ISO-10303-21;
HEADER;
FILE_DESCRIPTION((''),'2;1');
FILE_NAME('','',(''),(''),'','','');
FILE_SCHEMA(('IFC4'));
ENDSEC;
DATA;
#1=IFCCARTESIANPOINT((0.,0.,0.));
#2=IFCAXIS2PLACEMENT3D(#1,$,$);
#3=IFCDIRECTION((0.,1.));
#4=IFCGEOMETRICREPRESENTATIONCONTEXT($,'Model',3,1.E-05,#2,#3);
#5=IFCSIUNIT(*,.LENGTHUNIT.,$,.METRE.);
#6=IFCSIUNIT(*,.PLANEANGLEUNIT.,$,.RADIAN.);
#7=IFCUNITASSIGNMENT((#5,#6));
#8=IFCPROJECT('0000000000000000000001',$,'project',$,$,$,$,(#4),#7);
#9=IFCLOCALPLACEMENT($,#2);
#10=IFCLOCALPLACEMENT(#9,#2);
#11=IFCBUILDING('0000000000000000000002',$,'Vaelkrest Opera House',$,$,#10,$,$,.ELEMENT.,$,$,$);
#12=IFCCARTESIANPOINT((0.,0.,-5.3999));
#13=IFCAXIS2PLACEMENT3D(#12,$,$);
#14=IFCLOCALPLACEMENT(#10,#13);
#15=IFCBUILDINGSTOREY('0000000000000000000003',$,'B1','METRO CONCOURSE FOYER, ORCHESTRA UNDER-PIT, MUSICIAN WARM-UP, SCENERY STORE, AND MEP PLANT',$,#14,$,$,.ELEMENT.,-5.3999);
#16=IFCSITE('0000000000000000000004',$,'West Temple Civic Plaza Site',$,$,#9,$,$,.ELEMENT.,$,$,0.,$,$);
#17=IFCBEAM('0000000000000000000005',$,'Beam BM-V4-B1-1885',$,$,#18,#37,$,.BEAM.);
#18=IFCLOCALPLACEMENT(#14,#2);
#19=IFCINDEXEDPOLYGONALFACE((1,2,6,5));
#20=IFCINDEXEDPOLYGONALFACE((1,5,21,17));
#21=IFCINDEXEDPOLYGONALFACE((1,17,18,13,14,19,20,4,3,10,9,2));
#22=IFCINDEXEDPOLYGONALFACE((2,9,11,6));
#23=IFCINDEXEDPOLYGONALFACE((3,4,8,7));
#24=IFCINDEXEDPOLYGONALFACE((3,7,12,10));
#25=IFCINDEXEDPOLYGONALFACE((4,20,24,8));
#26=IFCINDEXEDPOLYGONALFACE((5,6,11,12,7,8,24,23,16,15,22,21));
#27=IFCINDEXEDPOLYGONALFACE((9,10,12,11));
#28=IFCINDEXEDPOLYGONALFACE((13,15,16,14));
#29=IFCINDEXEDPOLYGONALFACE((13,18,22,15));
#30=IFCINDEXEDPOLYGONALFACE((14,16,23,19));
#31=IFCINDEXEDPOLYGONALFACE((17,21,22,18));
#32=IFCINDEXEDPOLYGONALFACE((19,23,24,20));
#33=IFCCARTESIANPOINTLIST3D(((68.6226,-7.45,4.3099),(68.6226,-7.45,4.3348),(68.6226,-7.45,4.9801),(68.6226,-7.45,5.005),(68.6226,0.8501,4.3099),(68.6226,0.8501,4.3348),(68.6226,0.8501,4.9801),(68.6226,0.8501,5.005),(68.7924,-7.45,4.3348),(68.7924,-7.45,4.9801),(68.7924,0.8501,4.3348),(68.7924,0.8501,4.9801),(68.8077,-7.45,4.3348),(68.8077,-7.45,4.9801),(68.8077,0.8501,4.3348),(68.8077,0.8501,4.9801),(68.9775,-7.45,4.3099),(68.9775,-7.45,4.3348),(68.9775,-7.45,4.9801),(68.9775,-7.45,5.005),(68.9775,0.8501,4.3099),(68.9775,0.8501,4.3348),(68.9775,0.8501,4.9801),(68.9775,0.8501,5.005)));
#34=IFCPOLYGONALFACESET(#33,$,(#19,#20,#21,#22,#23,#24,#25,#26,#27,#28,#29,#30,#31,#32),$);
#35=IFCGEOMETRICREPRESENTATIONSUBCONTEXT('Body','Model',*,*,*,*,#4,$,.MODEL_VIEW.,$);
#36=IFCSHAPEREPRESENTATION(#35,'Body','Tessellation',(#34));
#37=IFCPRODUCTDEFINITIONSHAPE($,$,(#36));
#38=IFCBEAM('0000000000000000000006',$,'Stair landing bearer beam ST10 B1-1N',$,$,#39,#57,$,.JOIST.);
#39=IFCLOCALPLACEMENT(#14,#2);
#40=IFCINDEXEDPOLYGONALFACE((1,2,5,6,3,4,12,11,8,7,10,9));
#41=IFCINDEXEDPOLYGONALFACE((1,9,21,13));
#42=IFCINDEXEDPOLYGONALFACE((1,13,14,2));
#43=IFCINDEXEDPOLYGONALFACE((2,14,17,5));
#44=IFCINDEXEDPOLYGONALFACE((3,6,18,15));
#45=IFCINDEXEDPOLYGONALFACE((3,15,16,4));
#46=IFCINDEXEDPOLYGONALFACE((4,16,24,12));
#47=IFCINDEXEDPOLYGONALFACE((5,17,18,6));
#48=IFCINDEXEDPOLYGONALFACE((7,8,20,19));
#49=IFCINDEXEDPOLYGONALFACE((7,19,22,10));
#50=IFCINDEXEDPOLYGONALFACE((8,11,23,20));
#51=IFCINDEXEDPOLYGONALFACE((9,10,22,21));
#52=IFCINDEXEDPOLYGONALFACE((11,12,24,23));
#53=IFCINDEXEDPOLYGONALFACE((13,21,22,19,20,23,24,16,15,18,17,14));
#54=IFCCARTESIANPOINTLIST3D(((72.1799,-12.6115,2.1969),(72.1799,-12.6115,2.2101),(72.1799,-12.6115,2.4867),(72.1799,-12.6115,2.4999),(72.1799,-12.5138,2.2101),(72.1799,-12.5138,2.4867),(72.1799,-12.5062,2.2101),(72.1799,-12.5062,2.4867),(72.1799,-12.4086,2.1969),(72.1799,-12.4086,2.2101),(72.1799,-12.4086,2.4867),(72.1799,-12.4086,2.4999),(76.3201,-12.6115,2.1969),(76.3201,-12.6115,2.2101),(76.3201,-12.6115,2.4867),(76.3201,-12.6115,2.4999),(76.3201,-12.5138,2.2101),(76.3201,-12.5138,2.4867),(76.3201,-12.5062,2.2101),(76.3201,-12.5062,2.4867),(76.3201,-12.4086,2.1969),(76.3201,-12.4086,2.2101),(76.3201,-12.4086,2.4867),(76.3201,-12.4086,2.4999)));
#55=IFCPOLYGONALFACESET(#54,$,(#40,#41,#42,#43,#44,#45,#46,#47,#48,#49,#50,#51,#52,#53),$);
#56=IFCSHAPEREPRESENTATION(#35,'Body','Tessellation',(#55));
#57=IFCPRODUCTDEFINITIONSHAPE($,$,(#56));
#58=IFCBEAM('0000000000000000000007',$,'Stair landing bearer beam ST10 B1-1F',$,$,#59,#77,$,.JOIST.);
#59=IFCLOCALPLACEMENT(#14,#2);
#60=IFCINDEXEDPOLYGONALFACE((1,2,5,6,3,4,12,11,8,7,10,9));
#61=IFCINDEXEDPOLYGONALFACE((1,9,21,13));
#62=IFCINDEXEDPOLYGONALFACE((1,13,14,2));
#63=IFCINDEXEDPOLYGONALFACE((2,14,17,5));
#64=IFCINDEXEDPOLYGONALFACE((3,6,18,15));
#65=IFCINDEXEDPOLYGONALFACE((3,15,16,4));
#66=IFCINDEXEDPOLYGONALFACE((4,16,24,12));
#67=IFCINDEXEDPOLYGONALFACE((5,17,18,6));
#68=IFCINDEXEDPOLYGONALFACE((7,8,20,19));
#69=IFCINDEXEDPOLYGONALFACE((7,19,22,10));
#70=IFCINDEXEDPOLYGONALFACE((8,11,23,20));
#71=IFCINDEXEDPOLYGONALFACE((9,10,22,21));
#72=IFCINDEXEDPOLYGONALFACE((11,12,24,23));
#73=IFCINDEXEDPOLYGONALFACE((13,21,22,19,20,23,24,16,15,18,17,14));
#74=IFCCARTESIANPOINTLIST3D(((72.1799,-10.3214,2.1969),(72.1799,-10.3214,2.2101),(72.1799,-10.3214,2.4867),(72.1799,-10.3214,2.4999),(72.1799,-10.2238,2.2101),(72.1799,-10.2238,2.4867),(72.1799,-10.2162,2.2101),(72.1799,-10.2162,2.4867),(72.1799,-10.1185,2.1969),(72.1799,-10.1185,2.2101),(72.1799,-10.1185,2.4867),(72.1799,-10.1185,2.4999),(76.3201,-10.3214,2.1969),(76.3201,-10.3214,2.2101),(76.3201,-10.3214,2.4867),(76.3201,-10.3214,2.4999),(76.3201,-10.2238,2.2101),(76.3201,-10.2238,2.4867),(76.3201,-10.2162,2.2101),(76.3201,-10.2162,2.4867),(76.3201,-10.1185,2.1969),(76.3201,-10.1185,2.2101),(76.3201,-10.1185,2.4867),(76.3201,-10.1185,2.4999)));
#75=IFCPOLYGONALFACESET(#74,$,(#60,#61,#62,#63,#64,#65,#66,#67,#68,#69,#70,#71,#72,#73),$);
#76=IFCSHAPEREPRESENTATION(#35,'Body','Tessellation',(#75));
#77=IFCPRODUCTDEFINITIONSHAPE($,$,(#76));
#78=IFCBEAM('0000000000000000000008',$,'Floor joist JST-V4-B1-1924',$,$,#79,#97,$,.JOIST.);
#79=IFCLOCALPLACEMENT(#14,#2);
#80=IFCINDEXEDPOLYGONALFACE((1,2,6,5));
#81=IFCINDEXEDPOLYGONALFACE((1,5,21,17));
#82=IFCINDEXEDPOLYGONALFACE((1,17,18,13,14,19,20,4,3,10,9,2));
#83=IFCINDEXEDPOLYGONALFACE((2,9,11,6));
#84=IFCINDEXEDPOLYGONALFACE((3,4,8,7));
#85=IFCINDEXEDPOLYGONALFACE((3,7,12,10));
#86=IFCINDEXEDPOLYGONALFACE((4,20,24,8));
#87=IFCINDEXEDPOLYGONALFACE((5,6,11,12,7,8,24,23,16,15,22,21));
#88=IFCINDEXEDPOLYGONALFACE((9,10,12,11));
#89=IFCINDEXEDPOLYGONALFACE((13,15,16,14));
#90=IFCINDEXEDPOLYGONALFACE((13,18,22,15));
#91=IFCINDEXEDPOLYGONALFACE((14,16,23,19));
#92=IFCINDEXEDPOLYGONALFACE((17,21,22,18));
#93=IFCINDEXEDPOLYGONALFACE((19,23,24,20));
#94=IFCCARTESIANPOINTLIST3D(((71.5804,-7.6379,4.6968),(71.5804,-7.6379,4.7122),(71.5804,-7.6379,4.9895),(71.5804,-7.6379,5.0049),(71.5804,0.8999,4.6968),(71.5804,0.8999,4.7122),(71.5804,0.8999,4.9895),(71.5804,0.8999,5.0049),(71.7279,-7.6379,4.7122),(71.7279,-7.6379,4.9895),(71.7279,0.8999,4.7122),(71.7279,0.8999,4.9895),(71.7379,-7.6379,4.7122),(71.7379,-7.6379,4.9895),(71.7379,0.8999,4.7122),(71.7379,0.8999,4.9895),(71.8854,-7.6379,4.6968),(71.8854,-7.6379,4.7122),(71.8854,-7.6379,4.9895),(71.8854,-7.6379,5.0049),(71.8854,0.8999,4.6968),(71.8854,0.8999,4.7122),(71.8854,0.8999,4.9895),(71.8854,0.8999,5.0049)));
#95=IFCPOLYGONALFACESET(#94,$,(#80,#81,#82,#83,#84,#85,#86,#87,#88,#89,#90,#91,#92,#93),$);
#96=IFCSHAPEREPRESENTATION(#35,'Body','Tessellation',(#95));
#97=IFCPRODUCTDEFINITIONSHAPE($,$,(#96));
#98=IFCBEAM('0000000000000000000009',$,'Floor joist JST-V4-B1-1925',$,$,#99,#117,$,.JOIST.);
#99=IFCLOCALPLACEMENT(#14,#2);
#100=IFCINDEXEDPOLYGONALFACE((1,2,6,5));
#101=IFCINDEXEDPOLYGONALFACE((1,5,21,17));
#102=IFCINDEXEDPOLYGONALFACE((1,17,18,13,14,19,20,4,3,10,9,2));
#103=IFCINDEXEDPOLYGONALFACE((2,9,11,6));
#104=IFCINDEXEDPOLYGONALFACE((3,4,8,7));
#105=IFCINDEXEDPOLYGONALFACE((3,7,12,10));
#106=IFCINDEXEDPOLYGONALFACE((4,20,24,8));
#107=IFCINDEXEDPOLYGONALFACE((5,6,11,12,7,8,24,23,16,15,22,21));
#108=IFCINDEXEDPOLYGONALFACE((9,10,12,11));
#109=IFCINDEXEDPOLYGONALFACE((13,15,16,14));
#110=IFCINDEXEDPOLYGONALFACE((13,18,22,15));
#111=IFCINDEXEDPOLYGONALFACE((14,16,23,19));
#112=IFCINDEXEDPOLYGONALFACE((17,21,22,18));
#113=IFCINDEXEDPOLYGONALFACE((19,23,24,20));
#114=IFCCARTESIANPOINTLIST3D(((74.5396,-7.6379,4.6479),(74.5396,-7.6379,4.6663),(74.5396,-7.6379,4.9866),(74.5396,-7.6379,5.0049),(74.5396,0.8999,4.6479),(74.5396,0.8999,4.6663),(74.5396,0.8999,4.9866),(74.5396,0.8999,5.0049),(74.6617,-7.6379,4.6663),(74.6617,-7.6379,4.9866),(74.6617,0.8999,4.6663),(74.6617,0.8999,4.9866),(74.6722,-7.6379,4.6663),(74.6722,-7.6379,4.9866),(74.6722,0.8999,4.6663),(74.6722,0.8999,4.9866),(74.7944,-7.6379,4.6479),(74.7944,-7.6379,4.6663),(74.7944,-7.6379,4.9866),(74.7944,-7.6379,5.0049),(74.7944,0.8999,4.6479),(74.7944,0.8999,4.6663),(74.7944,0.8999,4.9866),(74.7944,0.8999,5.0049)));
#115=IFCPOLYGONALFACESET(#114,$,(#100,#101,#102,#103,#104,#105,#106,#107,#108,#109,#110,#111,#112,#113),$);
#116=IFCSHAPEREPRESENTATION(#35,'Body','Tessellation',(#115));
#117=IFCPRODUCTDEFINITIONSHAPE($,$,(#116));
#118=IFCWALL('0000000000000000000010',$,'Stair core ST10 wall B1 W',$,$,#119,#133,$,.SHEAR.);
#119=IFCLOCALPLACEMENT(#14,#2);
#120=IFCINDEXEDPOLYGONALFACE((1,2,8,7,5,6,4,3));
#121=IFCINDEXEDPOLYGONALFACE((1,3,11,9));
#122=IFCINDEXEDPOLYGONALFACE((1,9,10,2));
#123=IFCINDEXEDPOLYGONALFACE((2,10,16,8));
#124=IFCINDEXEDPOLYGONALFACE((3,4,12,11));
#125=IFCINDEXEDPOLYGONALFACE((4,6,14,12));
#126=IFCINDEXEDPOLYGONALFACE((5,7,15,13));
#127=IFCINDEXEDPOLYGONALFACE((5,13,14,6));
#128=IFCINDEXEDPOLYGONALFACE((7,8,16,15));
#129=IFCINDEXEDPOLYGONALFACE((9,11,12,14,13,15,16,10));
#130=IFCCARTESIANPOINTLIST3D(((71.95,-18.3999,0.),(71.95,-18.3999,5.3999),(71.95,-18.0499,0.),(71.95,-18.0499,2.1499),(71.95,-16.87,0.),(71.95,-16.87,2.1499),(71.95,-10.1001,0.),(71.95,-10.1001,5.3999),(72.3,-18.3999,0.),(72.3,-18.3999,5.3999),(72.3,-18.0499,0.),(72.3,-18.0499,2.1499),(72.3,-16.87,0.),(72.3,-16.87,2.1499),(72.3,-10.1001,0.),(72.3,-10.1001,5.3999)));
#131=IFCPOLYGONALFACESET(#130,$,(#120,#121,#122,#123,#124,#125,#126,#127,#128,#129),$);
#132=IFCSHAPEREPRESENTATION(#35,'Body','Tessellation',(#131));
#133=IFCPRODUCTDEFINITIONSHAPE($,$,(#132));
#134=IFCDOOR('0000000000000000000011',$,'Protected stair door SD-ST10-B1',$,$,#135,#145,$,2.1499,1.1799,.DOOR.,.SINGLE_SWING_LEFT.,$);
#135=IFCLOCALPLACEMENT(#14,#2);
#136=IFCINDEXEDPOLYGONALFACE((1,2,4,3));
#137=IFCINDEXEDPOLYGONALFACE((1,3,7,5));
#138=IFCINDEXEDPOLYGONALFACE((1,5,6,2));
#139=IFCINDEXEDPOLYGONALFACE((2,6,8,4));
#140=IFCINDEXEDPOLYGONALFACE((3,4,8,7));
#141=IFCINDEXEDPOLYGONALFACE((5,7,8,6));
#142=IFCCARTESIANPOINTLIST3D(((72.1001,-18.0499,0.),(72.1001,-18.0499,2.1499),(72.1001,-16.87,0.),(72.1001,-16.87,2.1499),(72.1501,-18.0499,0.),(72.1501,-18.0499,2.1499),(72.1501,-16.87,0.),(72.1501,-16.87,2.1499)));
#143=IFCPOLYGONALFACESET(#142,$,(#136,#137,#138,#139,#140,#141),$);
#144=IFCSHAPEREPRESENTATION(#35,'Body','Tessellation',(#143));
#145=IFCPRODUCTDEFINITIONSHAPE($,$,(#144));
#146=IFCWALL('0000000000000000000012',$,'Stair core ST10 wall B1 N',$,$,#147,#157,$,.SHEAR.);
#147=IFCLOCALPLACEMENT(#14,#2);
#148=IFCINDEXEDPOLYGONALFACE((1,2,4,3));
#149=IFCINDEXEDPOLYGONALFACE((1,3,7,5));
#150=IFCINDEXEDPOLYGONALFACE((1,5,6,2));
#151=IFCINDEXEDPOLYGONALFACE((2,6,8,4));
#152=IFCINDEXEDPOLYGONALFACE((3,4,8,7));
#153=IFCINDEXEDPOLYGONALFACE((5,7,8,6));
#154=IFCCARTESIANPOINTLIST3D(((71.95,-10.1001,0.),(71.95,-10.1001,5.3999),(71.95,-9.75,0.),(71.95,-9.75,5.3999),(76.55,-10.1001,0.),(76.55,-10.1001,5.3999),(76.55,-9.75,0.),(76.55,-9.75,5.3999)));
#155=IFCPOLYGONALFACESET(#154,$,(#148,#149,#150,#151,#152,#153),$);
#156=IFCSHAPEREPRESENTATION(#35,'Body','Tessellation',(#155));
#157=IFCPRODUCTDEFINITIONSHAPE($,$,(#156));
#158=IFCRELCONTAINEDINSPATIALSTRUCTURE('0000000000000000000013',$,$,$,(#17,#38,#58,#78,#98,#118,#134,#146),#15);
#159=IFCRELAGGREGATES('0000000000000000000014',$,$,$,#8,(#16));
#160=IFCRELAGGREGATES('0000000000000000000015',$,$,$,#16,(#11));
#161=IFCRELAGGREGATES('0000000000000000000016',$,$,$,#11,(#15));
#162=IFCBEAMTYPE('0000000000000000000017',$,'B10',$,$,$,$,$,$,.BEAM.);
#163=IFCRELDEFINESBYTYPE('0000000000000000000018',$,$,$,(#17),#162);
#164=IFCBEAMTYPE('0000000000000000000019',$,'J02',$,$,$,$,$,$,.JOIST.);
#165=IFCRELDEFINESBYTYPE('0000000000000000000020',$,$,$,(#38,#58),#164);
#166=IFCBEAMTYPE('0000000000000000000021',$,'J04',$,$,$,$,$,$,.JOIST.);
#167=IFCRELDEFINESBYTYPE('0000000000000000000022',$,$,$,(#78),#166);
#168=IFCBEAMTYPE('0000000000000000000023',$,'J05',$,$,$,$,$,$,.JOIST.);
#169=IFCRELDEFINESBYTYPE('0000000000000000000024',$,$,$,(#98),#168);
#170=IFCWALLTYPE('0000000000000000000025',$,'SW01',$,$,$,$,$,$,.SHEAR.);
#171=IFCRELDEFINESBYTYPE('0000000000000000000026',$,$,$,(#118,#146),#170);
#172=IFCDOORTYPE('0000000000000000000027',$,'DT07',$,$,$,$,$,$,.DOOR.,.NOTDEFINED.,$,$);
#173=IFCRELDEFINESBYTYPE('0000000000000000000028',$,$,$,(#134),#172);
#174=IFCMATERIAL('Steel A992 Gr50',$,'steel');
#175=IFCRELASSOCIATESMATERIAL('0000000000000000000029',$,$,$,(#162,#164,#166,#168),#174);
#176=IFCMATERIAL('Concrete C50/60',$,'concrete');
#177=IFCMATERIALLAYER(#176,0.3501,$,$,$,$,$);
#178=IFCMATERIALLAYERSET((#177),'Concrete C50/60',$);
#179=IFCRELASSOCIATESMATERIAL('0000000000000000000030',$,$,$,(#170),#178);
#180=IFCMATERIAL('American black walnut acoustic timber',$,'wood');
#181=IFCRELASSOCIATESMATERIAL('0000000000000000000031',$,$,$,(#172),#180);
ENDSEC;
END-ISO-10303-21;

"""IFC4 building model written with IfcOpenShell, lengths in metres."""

from ifc_helpers import new_model, si_unit, direction, frame, frame_2d, origin, origin_2d, place, context, subcontext, project, spatial, rectangle, i_section, extrude, material, layer, layer_set, material_profile, profile_set, type_object, element, fill, save


model = new_model("IFC4")

# Units and contexts
model_context = context("Model", 3, precision=1e-05, world=origin(), true_north=direction((0.0, 1.0)))
body_context = subcontext(model_context, "Body", "Model", "MODEL_VIEW")
ifc_project = project(units=[si_unit("LENGTHUNIT", "METRE"), si_unit("PLANEANGLEUNIT", "RADIAN")], contexts=[model_context])

# Site, building, storey
site_placement = place(None, origin())
site = spatial("IfcSite", under=ifc_project, at=site_placement, Name="West Temple Civic Plaza Site", CompositionType="ELEMENT", RefElevation=0.0)
building_placement = place(site_placement, origin())
building = spatial("IfcBuilding", under=site, at=building_placement, Name="Vaelkrest Opera House", CompositionType="ELEMENT")
storey_placement = place(building_placement, frame((0.0, 0.0, -5.3999)))
storey = spatial("IfcBuildingStorey", under=building, at=storey_placement, Name="B1", Description="METRO CONCOURSE FOYER, ORCHESTRA UNDER-PIT, MUSICIAN WARM-UP, SCENERY STORE, AND MEP PLANT", CompositionType="ELEMENT", Elevation=-5.3999)

# Shared definitions
ifc_material_1 = material(Name="Concrete C50/60", Category="concrete")

# Beams
ifc_material_2 = material(Name="Steel A992 Gr50", Category="steel")
ifc_material_profile_1 = material_profile(ifc_material_2, i_section(OverallWidth=0.355, OverallDepth=0.6951, WebThickness=0.0154, FlangeThickness=0.0249, at=origin_2d()), Name="W27X146")
ifc_profile_set_1 = profile_set([ifc_material_profile_1], Name="Steel A992 Gr50")
beam_type_1 = type_object("IfcBeamType", Name="B10", PredefinedType="BEAM", material=ifc_profile_set_1)
beam_1_placement = place(storey_placement, frame((68.8, -7.45, 4.6575), z_axis=(0.0, 1.0, 0.0), x_axis=(-1.0, 0.0, 0.0)))
element("IfcBeam", 1, at=beam_1_placement, inside=storey, type_object=beam_type_1, Name="Beam BM-V4-B1-1885", PredefinedType="BEAM", context=body_context, shape_type="SweptSolid", body=[
    extrude(i_section(OverallWidth=0.355, OverallDepth=0.6951, WebThickness=0.0154, FlangeThickness=0.0249, at=origin_2d()), origin(), (0.0, 0.0, 1.0), 8.3),
])
ifc_material_profile_2 = material_profile(ifc_material_2, i_section(OverallWidth=0.2029, OverallDepth=0.303, WebThickness=0.0076, FlangeThickness=0.0132, at=origin_2d()), Name="W12X40")
ifc_profile_set_2 = profile_set([ifc_material_profile_2], Name="Steel A992 Gr50")
beam_type_2 = type_object("IfcBeamType", Name="J02", PredefinedType="JOIST", material=ifc_profile_set_2)
for number, where, z_axis, x_axis, name in (
    (2, (72.1799, -12.51, 2.3484), (1.0, 0.0, 0.0), (0.0, 1.0, 0.0), "Stair landing bearer beam ST10 B1-1N"),
    (3, (72.1799, -10.22, 2.3484), (1.0, 0.0, 0.0), (0.0, 1.0, 0.0), "Stair landing bearer beam ST10 B1-1F"),
):
    element("IfcBeam", number, at=place(storey_placement, frame(where, z_axis=z_axis, x_axis=x_axis)), inside=storey, type_object=beam_type_2, Name=name, PredefinedType="JOIST", context=body_context, shape_type="SweptSolid", body=[
        extrude(i_section(OverallWidth=0.2029, OverallDepth=0.303, WebThickness=0.0076, FlangeThickness=0.0132, at=origin_2d()), origin(), (0.0, 0.0, 1.0), 4.1401),
    ])
ifc_material_profile_3 = material_profile(ifc_material_2, i_section(OverallWidth=0.3049, OverallDepth=0.3081, WebThickness=0.01, FlangeThickness=0.0154, at=origin_2d()), Name="W12X65")
ifc_profile_set_3 = profile_set([ifc_material_profile_3], Name="Steel A992 Gr50")
beam_type_3 = type_object("IfcBeamType", Name="J04", PredefinedType="JOIST", material=ifc_profile_set_3)
beam_2_placement = place(storey_placement, frame((71.7329, -7.6379, 4.8508), z_axis=(0.0, 1.0, 0.0), x_axis=(-1.0, 0.0, 0.0)))
element("IfcBeam", 4, at=beam_2_placement, inside=storey, type_object=beam_type_3, Name="Floor joist JST-V4-B1-1924", PredefinedType="JOIST", context=body_context, shape_type="SweptSolid", body=[
    extrude(i_section(OverallWidth=0.3049, OverallDepth=0.3081, WebThickness=0.01, FlangeThickness=0.0154, at=origin_2d()), origin(), (0.0, 0.0, 1.0), 8.5378),
])
ifc_material_profile_4 = material_profile(ifc_material_2, i_section(OverallWidth=0.2549, OverallDepth=0.3569, WebThickness=0.0105, FlangeThickness=0.0183, at=origin_2d()), Name="W14X68")
ifc_profile_set_4 = profile_set([ifc_material_profile_4], Name="Steel A992 Gr50")
beam_type_4 = type_object("IfcBeamType", Name="J05", PredefinedType="JOIST", material=ifc_profile_set_4)
beam_3_placement = place(storey_placement, frame((74.667, -7.6379, 4.8264), z_axis=(0.0, 1.0, 0.0), x_axis=(-1.0, 0.0, 0.0)))
element("IfcBeam", 5, at=beam_3_placement, inside=storey, type_object=beam_type_4, Name="Floor joist JST-V4-B1-1925", PredefinedType="JOIST", context=body_context, shape_type="SweptSolid", body=[
    extrude(i_section(OverallWidth=0.2549, OverallDepth=0.3569, WebThickness=0.0105, FlangeThickness=0.0183, at=origin_2d()), origin(), (0.0, 0.0, 1.0), 8.5378),
])

# Wall, opening, door
ifc_layer = layer(ifc_material_1, 0.3501)
ifc_layer_set = layer_set([ifc_layer], Name="Concrete C50/60")
wall_type = type_object("IfcWallType", Name="SW01", PredefinedType="SHEAR", material=ifc_layer_set)
wall_1_placement = place(storey_placement, frame((72.125, -18.3999, 0.0), z_axis=(0.0, 0.0, 1.0), x_axis=(0.0, 1.0, 0.0)))
wall_1 = element("IfcWall", 6, at=wall_1_placement, inside=storey, type_object=wall_type, Name="Stair core ST10 wall B1 W", PredefinedType="SHEAR", context=body_context, shape_type="SweptSolid", body=[
    extrude(rectangle(XDim=8.2998, YDim=0.3501, at=frame_2d((4.1499, 0.0))), origin(), (0.0, 0.0, 1.0), 5.3999),
])
opening_placement = place(wall_1_placement, frame((0.3501, 0.0, 0.0)))
opening = element("IfcOpeningElement", 7, at=opening_placement, cuts=wall_1, PredefinedType="OPENING", context=body_context, shape_type="SweptSolid", body=[
    extrude(rectangle(XDim=1.1799, YDim=2.1499, at=frame_2d((0.5898, 1.075))), frame((0.0, 0.1851, 0.0), z_axis=(0.0, -1.0, 0.0), x_axis=(1.0, 0.0, 0.0)), (0.0, 0.0, 1.0), 0.3701),
])
ifc_material_3 = material(Name="American black walnut acoustic timber", Category="wood")
door_type = type_object("IfcDoorType", Name="DT07", OperationType="NOTDEFINED", PredefinedType="DOOR", material=ifc_material_3)
door_placement = place(opening_placement, origin())
door = element("IfcDoor", 8, at=door_placement, inside=storey, type_object=door_type, Name="Protected stair door SD-ST10-B1", OperationType="SINGLE_SWING_LEFT", OverallHeight=2.1499, OverallWidth=1.1799, PredefinedType="DOOR", context=body_context, shape_type="SweptSolid", body=[
    extrude(rectangle(XDim=1.1799, YDim=2.1499, at=frame_2d((0.5898, 1.075))), frame((0.0, 0.0249, 0.0), z_axis=(0.0, -1.0, 0.0), x_axis=(1.0, 0.0, 0.0)), (0.0, 0.0, 1.0), 0.05),
])
fill(opening, door)

# Wall
wall_2_placement = place(storey_placement, frame((71.95, -9.925, 0.0), z_axis=(0.0, 0.0, 1.0), x_axis=(1.0, 0.0, 0.0)))
element("IfcWall", 9, at=wall_2_placement, inside=storey, type_object=wall_type, Name="Stair core ST10 wall B1 N", PredefinedType="SHEAR", context=body_context, shape_type="SweptSolid", body=[
    extrude(rectangle(XDim=4.6001, YDim=0.3501, at=frame_2d((2.3, 0.0))), origin(), (0.0, 0.0, 1.0), 5.3999),
])

save(model, "model.ifc")
